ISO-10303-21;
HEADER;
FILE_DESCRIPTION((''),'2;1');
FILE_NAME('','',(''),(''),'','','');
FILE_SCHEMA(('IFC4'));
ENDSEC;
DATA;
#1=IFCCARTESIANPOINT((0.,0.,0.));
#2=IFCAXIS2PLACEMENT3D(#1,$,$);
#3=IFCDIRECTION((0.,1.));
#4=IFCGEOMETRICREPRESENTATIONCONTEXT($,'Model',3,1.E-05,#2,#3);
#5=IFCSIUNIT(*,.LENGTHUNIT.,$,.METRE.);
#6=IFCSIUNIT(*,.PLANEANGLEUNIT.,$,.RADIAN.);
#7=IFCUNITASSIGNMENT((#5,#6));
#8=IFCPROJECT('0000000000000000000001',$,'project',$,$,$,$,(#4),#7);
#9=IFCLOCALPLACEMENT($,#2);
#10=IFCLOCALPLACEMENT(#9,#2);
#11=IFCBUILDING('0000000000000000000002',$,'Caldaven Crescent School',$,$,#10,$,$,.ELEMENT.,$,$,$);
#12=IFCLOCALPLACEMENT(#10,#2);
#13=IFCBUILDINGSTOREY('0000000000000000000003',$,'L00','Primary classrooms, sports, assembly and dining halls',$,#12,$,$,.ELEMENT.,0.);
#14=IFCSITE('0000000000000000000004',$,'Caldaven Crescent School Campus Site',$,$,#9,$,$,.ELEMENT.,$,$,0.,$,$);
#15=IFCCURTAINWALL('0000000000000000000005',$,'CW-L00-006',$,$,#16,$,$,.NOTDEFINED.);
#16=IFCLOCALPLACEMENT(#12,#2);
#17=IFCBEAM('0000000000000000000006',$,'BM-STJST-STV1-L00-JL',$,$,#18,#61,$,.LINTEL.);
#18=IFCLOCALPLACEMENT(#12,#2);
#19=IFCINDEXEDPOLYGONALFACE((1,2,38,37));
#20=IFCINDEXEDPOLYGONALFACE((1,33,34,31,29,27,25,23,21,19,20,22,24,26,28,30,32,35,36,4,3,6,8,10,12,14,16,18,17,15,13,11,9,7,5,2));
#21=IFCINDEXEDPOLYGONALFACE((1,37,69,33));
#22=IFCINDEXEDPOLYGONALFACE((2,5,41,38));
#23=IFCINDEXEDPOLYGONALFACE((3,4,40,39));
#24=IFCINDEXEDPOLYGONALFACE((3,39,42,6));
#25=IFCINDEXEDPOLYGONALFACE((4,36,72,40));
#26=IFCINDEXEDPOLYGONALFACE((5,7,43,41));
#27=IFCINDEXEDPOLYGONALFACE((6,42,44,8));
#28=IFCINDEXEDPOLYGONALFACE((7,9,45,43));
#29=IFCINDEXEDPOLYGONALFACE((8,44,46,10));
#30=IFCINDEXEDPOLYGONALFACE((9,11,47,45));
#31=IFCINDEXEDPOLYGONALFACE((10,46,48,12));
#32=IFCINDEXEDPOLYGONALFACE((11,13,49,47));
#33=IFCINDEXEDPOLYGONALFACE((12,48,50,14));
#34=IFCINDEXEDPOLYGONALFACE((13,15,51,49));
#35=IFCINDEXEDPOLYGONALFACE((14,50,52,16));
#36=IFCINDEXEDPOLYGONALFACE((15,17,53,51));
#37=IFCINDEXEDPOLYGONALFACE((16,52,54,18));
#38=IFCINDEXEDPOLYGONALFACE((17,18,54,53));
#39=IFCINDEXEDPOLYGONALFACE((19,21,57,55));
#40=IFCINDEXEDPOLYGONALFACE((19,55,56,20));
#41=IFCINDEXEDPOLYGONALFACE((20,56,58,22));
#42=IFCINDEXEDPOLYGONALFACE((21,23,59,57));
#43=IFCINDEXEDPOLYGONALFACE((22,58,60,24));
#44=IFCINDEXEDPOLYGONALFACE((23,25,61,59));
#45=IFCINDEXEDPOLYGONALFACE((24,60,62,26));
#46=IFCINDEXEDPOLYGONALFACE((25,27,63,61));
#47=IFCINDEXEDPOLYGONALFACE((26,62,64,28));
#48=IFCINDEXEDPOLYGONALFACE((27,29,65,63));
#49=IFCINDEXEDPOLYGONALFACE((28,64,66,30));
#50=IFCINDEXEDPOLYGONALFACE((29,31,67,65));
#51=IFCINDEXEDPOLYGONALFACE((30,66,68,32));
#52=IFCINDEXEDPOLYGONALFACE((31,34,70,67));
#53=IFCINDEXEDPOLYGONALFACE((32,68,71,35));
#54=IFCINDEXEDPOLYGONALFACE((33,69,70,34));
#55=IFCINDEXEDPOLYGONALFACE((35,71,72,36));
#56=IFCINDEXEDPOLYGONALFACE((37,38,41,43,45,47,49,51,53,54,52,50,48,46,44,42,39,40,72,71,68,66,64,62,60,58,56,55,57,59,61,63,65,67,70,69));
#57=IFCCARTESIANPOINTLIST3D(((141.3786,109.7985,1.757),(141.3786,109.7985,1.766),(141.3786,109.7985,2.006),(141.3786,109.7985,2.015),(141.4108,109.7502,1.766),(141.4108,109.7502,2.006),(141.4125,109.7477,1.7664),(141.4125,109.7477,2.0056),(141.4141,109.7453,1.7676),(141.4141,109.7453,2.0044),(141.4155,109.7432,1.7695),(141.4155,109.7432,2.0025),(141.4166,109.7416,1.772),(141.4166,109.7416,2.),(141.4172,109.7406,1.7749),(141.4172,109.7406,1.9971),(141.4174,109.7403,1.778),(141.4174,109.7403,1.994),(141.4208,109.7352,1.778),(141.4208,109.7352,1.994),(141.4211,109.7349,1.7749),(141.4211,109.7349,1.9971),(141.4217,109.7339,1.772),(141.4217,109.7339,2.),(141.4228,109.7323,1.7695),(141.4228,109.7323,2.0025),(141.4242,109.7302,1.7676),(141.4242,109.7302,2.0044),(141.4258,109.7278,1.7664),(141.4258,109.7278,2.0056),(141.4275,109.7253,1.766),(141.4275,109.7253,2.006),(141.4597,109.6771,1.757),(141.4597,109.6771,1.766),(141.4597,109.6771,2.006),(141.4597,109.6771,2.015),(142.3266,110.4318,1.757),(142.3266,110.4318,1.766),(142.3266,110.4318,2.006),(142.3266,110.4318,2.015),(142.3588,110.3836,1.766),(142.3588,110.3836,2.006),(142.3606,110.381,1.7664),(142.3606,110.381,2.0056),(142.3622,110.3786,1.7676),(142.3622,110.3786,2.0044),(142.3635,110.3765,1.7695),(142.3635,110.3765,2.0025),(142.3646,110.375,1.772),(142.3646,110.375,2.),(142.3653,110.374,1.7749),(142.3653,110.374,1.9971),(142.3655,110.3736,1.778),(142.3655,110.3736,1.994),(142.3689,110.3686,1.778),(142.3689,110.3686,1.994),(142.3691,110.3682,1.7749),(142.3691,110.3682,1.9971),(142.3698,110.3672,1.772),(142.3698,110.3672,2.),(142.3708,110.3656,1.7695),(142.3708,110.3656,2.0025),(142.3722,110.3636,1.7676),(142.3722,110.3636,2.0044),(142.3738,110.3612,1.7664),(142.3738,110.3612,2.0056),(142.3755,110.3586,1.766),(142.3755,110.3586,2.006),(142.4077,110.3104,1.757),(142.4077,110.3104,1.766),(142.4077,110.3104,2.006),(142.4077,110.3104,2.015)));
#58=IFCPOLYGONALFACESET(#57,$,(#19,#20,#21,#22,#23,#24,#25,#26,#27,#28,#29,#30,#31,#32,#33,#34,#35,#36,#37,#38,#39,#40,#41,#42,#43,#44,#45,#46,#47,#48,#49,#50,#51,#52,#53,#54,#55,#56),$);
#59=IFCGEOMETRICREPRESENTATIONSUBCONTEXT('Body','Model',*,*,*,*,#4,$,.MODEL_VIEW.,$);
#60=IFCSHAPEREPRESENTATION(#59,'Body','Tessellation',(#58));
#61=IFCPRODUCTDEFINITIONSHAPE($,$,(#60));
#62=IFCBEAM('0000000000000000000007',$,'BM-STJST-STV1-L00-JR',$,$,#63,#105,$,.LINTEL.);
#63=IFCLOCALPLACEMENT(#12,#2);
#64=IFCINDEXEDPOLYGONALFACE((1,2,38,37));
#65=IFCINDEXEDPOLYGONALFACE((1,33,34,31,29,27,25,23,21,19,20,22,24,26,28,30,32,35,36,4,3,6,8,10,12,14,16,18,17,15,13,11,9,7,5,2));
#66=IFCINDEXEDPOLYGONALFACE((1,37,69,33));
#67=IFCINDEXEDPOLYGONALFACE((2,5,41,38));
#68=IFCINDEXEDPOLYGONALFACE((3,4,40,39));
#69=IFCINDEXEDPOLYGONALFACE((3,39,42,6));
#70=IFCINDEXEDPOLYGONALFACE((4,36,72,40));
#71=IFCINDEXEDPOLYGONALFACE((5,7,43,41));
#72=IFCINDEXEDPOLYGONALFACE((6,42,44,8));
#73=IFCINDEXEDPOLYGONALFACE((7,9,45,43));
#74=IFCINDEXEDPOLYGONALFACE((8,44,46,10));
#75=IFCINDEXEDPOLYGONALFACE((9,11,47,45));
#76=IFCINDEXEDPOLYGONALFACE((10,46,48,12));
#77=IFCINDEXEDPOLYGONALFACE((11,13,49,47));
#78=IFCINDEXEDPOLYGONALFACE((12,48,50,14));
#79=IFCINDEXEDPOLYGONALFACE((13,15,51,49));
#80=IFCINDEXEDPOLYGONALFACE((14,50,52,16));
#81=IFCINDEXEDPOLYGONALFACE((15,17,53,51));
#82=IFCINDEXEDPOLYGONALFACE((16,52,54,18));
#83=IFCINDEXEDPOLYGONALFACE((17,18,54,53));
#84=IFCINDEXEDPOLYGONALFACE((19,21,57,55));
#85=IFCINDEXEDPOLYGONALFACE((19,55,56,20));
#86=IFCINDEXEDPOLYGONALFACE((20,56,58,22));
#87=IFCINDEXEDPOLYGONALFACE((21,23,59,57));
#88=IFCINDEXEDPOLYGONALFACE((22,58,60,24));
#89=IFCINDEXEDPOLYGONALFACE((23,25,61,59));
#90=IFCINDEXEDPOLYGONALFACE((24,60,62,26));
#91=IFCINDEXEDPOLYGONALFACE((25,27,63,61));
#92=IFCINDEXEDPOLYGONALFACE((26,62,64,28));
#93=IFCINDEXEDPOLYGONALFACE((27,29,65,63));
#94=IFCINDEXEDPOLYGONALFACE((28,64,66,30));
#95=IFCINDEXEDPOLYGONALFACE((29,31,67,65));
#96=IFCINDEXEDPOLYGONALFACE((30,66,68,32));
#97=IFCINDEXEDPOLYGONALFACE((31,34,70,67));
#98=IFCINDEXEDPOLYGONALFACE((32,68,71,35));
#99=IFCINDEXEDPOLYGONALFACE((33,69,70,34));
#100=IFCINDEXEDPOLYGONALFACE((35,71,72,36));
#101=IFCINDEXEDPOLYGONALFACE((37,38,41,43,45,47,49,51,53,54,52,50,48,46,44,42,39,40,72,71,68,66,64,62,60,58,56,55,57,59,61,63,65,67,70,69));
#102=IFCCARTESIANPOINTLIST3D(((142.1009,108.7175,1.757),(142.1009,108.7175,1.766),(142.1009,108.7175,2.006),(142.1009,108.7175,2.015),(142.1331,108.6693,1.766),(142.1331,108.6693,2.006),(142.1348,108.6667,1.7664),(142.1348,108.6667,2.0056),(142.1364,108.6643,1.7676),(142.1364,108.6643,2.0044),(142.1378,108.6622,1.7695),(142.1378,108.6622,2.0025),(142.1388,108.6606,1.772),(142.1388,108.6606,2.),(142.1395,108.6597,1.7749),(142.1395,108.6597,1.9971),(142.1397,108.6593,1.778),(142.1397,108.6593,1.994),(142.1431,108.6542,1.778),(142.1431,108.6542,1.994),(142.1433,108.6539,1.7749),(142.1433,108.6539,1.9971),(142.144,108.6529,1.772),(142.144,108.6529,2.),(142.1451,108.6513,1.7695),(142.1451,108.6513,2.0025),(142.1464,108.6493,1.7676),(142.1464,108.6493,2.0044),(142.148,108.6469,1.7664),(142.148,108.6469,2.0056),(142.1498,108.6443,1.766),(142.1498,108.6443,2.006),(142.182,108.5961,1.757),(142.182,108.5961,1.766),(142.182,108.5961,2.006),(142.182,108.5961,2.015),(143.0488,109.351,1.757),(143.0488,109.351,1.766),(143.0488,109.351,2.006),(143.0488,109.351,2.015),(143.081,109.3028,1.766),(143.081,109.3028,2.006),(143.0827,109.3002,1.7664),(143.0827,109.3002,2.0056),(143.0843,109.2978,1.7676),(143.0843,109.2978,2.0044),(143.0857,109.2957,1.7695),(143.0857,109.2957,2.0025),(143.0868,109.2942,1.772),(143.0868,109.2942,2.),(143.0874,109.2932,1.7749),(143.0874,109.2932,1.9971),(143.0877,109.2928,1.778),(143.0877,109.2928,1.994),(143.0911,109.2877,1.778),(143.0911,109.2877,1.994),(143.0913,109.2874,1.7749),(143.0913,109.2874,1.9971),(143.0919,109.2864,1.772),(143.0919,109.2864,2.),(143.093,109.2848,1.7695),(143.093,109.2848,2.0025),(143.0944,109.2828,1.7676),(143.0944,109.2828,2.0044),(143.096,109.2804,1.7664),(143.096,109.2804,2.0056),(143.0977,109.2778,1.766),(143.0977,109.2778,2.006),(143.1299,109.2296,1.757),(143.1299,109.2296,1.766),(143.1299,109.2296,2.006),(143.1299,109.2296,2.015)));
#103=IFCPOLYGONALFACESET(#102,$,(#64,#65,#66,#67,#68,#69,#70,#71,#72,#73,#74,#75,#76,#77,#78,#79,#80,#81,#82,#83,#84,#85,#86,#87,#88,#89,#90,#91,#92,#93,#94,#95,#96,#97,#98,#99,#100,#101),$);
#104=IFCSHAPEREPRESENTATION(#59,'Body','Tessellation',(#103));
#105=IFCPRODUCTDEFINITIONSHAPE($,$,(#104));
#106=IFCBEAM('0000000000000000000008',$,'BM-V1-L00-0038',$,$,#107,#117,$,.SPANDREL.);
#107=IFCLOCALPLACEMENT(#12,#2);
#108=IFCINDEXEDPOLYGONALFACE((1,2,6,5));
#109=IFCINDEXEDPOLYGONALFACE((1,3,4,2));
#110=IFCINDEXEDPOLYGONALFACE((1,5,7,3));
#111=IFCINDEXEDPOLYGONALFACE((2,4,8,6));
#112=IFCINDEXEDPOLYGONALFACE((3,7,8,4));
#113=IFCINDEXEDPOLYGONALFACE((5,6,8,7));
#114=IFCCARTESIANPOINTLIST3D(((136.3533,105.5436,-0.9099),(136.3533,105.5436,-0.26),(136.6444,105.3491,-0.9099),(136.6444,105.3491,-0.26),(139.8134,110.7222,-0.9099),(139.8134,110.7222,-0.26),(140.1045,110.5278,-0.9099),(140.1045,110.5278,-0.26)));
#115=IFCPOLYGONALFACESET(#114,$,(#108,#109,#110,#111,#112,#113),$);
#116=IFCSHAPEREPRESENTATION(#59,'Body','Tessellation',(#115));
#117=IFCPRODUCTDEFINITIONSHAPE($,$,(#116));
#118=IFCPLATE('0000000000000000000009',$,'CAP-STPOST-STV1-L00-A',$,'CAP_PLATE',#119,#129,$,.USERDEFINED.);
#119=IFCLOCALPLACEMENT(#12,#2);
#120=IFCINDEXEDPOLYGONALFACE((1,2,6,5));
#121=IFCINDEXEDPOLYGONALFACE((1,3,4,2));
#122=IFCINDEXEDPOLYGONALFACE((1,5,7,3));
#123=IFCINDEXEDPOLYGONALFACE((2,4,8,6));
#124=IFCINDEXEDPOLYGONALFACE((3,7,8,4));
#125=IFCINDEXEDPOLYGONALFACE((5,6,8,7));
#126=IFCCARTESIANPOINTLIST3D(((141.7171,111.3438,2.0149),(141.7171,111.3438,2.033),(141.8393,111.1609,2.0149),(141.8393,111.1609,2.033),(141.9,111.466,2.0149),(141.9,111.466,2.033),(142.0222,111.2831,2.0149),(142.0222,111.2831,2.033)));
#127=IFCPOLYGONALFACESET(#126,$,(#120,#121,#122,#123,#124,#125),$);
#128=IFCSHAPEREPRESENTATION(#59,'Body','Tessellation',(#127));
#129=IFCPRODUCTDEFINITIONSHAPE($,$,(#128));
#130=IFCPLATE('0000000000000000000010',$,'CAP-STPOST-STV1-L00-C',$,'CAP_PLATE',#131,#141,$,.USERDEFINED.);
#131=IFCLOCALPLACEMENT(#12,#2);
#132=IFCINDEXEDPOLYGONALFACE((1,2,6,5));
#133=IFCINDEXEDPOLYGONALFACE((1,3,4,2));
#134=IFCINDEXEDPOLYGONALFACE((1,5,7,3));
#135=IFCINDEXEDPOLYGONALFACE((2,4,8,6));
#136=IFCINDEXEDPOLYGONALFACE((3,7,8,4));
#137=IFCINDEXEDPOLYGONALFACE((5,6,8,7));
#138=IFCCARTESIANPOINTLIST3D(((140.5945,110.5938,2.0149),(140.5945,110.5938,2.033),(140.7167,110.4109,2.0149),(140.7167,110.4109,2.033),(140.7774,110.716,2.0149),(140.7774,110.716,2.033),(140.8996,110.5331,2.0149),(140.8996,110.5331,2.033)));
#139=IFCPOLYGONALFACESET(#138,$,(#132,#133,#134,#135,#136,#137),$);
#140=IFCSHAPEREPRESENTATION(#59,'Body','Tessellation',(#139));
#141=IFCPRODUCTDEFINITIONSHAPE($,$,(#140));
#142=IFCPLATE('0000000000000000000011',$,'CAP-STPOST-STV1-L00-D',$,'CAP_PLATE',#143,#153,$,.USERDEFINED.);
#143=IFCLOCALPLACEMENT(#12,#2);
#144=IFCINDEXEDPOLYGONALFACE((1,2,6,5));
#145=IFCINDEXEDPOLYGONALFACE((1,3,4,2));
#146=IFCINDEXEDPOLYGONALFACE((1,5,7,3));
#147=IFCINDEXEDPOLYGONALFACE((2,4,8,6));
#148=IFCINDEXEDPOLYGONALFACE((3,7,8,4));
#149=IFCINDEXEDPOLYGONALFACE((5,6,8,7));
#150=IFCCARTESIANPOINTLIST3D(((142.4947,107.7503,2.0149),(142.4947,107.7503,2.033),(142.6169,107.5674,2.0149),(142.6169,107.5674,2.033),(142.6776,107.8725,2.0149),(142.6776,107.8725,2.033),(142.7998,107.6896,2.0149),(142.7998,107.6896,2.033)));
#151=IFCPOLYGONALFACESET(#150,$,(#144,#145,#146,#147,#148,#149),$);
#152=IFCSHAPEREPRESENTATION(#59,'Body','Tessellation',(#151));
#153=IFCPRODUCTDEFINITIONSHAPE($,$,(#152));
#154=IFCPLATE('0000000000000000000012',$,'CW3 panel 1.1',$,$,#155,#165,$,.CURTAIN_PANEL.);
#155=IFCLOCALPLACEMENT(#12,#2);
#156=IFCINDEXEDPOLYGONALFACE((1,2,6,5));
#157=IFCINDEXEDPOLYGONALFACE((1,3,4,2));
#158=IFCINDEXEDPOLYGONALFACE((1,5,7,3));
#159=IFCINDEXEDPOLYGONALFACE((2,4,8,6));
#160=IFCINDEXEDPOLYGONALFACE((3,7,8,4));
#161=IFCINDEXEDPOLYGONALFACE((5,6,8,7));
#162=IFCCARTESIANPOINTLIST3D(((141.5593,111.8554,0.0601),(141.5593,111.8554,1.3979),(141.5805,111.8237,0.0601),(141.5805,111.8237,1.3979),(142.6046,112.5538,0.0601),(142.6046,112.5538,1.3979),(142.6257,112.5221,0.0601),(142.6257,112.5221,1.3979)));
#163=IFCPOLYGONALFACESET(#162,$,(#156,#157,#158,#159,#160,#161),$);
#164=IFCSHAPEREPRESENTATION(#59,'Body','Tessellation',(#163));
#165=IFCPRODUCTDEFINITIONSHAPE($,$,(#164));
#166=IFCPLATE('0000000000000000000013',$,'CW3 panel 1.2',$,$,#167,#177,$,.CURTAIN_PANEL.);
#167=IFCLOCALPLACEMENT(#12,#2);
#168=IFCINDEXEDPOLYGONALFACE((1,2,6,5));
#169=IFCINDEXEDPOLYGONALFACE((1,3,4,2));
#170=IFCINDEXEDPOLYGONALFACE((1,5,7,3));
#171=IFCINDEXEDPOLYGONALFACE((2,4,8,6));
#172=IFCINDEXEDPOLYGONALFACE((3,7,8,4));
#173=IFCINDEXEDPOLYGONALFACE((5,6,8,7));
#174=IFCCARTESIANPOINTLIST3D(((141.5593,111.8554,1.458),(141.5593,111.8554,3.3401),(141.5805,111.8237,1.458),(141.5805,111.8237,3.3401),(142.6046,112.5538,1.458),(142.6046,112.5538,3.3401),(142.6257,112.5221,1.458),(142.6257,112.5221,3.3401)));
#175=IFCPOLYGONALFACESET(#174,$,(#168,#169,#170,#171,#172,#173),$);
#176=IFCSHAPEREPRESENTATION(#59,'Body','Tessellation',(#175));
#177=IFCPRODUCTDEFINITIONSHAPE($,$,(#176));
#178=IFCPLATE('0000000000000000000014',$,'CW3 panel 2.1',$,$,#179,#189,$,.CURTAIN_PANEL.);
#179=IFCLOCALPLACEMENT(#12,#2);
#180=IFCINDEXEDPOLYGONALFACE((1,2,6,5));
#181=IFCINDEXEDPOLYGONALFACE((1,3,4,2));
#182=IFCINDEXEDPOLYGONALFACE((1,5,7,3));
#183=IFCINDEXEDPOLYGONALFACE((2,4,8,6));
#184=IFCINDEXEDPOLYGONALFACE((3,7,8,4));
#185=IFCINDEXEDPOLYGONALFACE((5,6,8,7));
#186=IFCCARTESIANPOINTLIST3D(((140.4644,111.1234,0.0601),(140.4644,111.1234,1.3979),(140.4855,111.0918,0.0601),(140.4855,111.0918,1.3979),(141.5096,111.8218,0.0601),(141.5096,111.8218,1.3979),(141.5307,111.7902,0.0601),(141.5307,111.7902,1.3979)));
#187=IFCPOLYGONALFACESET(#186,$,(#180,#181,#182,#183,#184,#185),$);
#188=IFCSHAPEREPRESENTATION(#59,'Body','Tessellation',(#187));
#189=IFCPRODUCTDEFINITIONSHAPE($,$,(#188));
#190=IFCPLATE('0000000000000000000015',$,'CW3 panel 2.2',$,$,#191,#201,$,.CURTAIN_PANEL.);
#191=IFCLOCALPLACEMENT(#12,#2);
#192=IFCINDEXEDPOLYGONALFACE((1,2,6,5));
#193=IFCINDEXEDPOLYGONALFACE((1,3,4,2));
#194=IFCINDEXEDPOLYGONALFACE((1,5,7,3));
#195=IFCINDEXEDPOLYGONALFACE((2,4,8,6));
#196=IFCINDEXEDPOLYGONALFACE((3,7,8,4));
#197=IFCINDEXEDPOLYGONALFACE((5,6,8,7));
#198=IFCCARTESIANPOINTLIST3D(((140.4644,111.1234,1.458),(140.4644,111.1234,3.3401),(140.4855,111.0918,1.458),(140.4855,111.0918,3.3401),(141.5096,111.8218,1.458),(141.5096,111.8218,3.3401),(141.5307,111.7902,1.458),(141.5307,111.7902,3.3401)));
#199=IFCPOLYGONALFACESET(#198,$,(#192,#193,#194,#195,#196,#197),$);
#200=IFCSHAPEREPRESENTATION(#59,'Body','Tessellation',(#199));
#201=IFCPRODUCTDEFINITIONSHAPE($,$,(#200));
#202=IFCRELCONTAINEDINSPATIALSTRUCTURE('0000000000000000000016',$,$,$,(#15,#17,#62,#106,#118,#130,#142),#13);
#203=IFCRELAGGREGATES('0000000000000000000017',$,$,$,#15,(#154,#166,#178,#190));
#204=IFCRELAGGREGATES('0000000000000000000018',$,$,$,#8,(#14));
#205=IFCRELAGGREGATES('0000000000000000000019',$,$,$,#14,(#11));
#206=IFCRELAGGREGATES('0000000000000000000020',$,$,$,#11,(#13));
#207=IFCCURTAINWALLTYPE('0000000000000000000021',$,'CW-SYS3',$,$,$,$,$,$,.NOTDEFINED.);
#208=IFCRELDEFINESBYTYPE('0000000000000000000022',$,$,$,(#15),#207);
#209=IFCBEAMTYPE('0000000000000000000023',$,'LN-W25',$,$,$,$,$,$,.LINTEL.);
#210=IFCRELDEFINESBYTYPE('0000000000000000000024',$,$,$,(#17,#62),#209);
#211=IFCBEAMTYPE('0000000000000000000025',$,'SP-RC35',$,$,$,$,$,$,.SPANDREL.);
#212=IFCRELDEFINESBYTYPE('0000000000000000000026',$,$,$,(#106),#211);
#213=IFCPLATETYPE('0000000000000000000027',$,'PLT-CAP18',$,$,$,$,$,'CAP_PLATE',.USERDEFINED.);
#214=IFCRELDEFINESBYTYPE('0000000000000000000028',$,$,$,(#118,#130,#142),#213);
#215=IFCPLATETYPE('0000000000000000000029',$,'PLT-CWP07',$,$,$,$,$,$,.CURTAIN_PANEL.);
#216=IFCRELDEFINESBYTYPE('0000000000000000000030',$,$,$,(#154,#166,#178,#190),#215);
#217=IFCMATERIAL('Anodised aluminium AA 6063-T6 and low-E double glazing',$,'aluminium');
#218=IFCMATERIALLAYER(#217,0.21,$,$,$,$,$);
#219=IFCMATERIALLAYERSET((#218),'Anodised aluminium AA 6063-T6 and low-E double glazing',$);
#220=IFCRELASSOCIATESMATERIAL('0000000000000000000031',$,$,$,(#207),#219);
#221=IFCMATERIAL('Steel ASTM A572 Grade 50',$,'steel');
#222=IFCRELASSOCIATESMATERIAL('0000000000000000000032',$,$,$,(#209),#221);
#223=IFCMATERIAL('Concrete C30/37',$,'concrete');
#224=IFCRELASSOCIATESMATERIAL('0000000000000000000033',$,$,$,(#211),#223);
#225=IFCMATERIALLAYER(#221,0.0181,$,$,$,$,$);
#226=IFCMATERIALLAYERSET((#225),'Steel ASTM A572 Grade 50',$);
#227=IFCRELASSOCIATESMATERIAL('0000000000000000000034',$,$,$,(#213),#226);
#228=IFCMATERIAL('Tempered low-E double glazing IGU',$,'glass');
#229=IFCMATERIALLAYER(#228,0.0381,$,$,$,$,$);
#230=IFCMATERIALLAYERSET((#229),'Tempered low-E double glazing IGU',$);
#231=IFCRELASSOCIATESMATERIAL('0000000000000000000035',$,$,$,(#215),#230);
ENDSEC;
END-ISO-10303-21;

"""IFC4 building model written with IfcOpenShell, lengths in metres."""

from ifc_helpers import new_model, si_unit, direction, frame, origin, origin_2d, place, context, subcontext, project, spatial, rectangle, i_section, extrude, material, layer, layer_set, material_profile, profile_set, type_object, element, aggregate, save


model = new_model("IFC4")

# Units and contexts
model_context = context("Model", 3, precision=1e-05, world=origin(), true_north=direction((0.0, 1.0)))
body_context = subcontext(model_context, "Body", "Model", "MODEL_VIEW")
ifc_project = project(units=[si_unit("LENGTHUNIT", "METRE"), si_unit("PLANEANGLEUNIT", "RADIAN")], contexts=[model_context])

# Site, building, storey
site_placement = place(None, origin())
site = spatial("IfcSite", under=ifc_project, at=site_placement, Name="Caldaven Crescent School Campus Site", CompositionType="ELEMENT", RefElevation=0.0)
building_placement = place(site_placement, origin())
building = spatial("IfcBuilding", under=site, at=building_placement, Name="Caldaven Crescent School", CompositionType="ELEMENT")
storey_placement = place(building_placement, origin())
storey = spatial("IfcBuildingStorey", under=building, at=storey_placement, Name="L00", Description="Primary classrooms, sports, assembly and dining halls", CompositionType="ELEMENT", Elevation=0.0)

# Shared definitions
ifc_material_1 = material(Name="Steel ASTM A572 Grade 50", Category="steel")
ifc_material_2 = material(Name="Concrete C30/37", Category="concrete")

# Curtain wall
ifc_material_3 = material(Name="Anodised aluminium AA 6063-T6 and low-E double glazing", Category="aluminium")
ifc_layer_1 = layer(ifc_material_3, 0.21)
ifc_layer_set_1 = layer_set([ifc_layer_1], Name="Anodised aluminium AA 6063-T6 and low-E double glazing")
curtain_wall_type_1 = type_object("IfcCurtainWallType", Name="CW-SYS3", PredefinedType="NOTDEFINED", material=ifc_layer_set_1)
curtain_wall_1_placement = place(storey_placement, origin())
curtain_wall_1 = element("IfcCurtainWall", 1, at=curtain_wall_1_placement, inside=storey, type_object=curtain_wall_type_1, Name="CW-L00-006", PredefinedType="NOTDEFINED")

# Beams
ifc_material_profile_1 = material_profile(ifc_material_1, i_section(OverallWidth=0.146, OverallDepth=0.2581, WebThickness=0.0061, FlangeThickness=0.009, FilletRadius=0.012, at=origin_2d()), Name="W250x33")
ifc_profile_set_1 = profile_set([ifc_material_profile_1], Name="Steel ASTM A572 Grade 50")
beam_type_1 = type_object("IfcBeamType", Name="LN-W25", PredefinedType="LINTEL", material=ifc_profile_set_1)
for number, where, z_axis, x_axis, name in (
    (2, (142.3672, 110.3711, 1.886), (-0.831523, -0.555491, 0.0), (0.555491, -0.831523, 0.0), "BM-STJST-STV1-L00-JL"),
    (3, (143.0894, 109.2903, 1.886), (-0.831424, -0.555639, 0.0), (0.555639, -0.831424, 0.0), "BM-STJST-STV1-L00-JR"),
):
    element("IfcBeam", number, at=place(storey_placement, frame(where, z_axis=z_axis, x_axis=x_axis)), inside=storey, type_object=beam_type_1, Name=name, PredefinedType="LINTEL", context=body_context, shape_type="SweptSolid", body=[
        extrude(i_section(OverallWidth=0.146, OverallDepth=0.2581, WebThickness=0.0061, FlangeThickness=0.009, FilletRadius=0.012, at=origin_2d()), origin(), (0.0, 0.0, 1.0), 1.1401),
    ])
ifc_material_profile_2 = material_profile(ifc_material_2, rectangle(XDim=0.3501, YDim=0.6499, at=origin_2d()), Name="RC 350x650")
ifc_profile_set_2 = profile_set([ifc_material_profile_2], Name="Concrete C30/37")
beam_type_2 = type_object("IfcBeamType", Name="SP-RC35", PredefinedType="SPANDREL", material=ifc_profile_set_2)
beam_1_placement = place(storey_placement, frame((139.959, 110.625, -0.585), z_axis=(-0.555559, -0.831477, 0.0), x_axis=(0.831477, -0.555559, 0.0)))
element("IfcBeam", 4, at=beam_1_placement, inside=storey, type_object=beam_type_2, Name="BM-V1-L00-0038", PredefinedType="SPANDREL", context=body_context, shape_type="SweptSolid", body=[
    extrude(rectangle(XDim=0.3501, YDim=0.6499, at=origin_2d()), origin(), (0.0, 0.0, 1.0), 6.2283),
])

# Plates
ifc_layer_2 = layer(ifc_material_1, 0.0181)
ifc_layer_set_2 = layer_set([ifc_layer_2], Name="Steel ASTM A572 Grade 50")
plate_type_1 = type_object("IfcPlateType", Name="PLT-CAP18", ElementType="CAP_PLATE", PredefinedType="USERDEFINED", material=ifc_layer_set_2)
for number, where, z_axis, x_axis, name in (
    (5, (141.8696, 111.3135, 2.0149), (0.0, 0.0, 1.0), (-0.83147, -0.55557, 0.0), "CAP-STPOST-STV1-L00-A"),
    (6, (140.7471, 110.5635, 2.0149), (0.0, 0.0, 1.0), (-0.83147, -0.55557, 0.0), "CAP-STPOST-STV1-L00-C"),
    (7, (142.6472, 107.72, 2.0149), (0.0, 0.0, 1.0), (-0.83147, -0.55557, 0.0), "CAP-STPOST-STV1-L00-D"),
):
    element("IfcPlate", number, at=place(storey_placement, frame(where, z_axis=z_axis, x_axis=x_axis)), inside=storey, type_object=plate_type_1, Name=name, ObjectType="CAP_PLATE", PredefinedType="USERDEFINED", context=body_context, shape_type="SweptSolid", body=[
        extrude(rectangle(XDim=0.22, YDim=0.22, at=origin_2d()), origin(), (0.0, 0.0, 1.0), 0.0181),
    ])

# Plates
ifc_material_4 = material(Name="Tempered low-E double glazing IGU", Category="glass")
ifc_layer_3 = layer(ifc_material_4, 0.0381)
ifc_layer_set_3 = layer_set([ifc_layer_3], Name="Tempered low-E double glazing IGU")
plate_type_2 = type_object("IfcPlateType", Name="PLT-CWP07", PredefinedType="CURTAIN_PANEL", material=ifc_layer_set_3)
plate_1_placement = place(storey_placement, frame((142.0925, 112.1887, 0.0601), z_axis=(0.0, 0.0, 1.0), x_axis=(-0.831469, -0.555572, 0.0)))
plate_1 = element("IfcPlate", 8, at=plate_1_placement, type_object=plate_type_2, Name="CW3 panel 1.1", PredefinedType="CURTAIN_PANEL", context=body_context, shape_type="SweptSolid", body=[
    extrude(rectangle(XDim=1.2571, YDim=0.0381, at=origin_2d()), origin(), (0.0, 0.0, 1.0), 1.3379),
])
plate_2_placement = place(storey_placement, frame((142.0925, 112.1887, 1.458), z_axis=(0.0, 0.0, 1.0), x_axis=(-0.831469, -0.555572, 0.0)))
plate_2 = element("IfcPlate", 9, at=plate_2_placement, type_object=plate_type_2, Name="CW3 panel 1.2", PredefinedType="CURTAIN_PANEL", context=body_context, shape_type="SweptSolid", body=[
    extrude(rectangle(XDim=1.2571, YDim=0.0381, at=origin_2d()), origin(), (0.0, 0.0, 1.0), 1.8821),
])
plate_3_placement = place(storey_placement, frame((140.9976, 111.4568, 0.0601), z_axis=(0.0, 0.0, 1.0), x_axis=(-0.831469, -0.555572, 0.0)))
plate_3 = element("IfcPlate", 10, at=plate_3_placement, type_object=plate_type_2, Name="CW3 panel 2.1", PredefinedType="CURTAIN_PANEL", context=body_context, shape_type="SweptSolid", body=[
    extrude(rectangle(XDim=1.2571, YDim=0.0381, at=origin_2d()), origin(), (0.0, 0.0, 1.0), 1.3379),
])
plate_4_placement = place(storey_placement, frame((140.9976, 111.4568, 1.458), z_axis=(0.0, 0.0, 1.0), x_axis=(-0.831469, -0.555572, 0.0)))
plate_4 = element("IfcPlate", 11, at=plate_4_placement, type_object=plate_type_2, Name="CW3 panel 2.2", PredefinedType="CURTAIN_PANEL", context=body_context, shape_type="SweptSolid", body=[
    extrude(rectangle(XDim=1.2571, YDim=0.0381, at=origin_2d()), origin(), (0.0, 0.0, 1.0), 1.8821),
])
aggregate(curtain_wall_1, [plate_1, plate_2, plate_3, plate_4])

save(model, "model.ifc")
